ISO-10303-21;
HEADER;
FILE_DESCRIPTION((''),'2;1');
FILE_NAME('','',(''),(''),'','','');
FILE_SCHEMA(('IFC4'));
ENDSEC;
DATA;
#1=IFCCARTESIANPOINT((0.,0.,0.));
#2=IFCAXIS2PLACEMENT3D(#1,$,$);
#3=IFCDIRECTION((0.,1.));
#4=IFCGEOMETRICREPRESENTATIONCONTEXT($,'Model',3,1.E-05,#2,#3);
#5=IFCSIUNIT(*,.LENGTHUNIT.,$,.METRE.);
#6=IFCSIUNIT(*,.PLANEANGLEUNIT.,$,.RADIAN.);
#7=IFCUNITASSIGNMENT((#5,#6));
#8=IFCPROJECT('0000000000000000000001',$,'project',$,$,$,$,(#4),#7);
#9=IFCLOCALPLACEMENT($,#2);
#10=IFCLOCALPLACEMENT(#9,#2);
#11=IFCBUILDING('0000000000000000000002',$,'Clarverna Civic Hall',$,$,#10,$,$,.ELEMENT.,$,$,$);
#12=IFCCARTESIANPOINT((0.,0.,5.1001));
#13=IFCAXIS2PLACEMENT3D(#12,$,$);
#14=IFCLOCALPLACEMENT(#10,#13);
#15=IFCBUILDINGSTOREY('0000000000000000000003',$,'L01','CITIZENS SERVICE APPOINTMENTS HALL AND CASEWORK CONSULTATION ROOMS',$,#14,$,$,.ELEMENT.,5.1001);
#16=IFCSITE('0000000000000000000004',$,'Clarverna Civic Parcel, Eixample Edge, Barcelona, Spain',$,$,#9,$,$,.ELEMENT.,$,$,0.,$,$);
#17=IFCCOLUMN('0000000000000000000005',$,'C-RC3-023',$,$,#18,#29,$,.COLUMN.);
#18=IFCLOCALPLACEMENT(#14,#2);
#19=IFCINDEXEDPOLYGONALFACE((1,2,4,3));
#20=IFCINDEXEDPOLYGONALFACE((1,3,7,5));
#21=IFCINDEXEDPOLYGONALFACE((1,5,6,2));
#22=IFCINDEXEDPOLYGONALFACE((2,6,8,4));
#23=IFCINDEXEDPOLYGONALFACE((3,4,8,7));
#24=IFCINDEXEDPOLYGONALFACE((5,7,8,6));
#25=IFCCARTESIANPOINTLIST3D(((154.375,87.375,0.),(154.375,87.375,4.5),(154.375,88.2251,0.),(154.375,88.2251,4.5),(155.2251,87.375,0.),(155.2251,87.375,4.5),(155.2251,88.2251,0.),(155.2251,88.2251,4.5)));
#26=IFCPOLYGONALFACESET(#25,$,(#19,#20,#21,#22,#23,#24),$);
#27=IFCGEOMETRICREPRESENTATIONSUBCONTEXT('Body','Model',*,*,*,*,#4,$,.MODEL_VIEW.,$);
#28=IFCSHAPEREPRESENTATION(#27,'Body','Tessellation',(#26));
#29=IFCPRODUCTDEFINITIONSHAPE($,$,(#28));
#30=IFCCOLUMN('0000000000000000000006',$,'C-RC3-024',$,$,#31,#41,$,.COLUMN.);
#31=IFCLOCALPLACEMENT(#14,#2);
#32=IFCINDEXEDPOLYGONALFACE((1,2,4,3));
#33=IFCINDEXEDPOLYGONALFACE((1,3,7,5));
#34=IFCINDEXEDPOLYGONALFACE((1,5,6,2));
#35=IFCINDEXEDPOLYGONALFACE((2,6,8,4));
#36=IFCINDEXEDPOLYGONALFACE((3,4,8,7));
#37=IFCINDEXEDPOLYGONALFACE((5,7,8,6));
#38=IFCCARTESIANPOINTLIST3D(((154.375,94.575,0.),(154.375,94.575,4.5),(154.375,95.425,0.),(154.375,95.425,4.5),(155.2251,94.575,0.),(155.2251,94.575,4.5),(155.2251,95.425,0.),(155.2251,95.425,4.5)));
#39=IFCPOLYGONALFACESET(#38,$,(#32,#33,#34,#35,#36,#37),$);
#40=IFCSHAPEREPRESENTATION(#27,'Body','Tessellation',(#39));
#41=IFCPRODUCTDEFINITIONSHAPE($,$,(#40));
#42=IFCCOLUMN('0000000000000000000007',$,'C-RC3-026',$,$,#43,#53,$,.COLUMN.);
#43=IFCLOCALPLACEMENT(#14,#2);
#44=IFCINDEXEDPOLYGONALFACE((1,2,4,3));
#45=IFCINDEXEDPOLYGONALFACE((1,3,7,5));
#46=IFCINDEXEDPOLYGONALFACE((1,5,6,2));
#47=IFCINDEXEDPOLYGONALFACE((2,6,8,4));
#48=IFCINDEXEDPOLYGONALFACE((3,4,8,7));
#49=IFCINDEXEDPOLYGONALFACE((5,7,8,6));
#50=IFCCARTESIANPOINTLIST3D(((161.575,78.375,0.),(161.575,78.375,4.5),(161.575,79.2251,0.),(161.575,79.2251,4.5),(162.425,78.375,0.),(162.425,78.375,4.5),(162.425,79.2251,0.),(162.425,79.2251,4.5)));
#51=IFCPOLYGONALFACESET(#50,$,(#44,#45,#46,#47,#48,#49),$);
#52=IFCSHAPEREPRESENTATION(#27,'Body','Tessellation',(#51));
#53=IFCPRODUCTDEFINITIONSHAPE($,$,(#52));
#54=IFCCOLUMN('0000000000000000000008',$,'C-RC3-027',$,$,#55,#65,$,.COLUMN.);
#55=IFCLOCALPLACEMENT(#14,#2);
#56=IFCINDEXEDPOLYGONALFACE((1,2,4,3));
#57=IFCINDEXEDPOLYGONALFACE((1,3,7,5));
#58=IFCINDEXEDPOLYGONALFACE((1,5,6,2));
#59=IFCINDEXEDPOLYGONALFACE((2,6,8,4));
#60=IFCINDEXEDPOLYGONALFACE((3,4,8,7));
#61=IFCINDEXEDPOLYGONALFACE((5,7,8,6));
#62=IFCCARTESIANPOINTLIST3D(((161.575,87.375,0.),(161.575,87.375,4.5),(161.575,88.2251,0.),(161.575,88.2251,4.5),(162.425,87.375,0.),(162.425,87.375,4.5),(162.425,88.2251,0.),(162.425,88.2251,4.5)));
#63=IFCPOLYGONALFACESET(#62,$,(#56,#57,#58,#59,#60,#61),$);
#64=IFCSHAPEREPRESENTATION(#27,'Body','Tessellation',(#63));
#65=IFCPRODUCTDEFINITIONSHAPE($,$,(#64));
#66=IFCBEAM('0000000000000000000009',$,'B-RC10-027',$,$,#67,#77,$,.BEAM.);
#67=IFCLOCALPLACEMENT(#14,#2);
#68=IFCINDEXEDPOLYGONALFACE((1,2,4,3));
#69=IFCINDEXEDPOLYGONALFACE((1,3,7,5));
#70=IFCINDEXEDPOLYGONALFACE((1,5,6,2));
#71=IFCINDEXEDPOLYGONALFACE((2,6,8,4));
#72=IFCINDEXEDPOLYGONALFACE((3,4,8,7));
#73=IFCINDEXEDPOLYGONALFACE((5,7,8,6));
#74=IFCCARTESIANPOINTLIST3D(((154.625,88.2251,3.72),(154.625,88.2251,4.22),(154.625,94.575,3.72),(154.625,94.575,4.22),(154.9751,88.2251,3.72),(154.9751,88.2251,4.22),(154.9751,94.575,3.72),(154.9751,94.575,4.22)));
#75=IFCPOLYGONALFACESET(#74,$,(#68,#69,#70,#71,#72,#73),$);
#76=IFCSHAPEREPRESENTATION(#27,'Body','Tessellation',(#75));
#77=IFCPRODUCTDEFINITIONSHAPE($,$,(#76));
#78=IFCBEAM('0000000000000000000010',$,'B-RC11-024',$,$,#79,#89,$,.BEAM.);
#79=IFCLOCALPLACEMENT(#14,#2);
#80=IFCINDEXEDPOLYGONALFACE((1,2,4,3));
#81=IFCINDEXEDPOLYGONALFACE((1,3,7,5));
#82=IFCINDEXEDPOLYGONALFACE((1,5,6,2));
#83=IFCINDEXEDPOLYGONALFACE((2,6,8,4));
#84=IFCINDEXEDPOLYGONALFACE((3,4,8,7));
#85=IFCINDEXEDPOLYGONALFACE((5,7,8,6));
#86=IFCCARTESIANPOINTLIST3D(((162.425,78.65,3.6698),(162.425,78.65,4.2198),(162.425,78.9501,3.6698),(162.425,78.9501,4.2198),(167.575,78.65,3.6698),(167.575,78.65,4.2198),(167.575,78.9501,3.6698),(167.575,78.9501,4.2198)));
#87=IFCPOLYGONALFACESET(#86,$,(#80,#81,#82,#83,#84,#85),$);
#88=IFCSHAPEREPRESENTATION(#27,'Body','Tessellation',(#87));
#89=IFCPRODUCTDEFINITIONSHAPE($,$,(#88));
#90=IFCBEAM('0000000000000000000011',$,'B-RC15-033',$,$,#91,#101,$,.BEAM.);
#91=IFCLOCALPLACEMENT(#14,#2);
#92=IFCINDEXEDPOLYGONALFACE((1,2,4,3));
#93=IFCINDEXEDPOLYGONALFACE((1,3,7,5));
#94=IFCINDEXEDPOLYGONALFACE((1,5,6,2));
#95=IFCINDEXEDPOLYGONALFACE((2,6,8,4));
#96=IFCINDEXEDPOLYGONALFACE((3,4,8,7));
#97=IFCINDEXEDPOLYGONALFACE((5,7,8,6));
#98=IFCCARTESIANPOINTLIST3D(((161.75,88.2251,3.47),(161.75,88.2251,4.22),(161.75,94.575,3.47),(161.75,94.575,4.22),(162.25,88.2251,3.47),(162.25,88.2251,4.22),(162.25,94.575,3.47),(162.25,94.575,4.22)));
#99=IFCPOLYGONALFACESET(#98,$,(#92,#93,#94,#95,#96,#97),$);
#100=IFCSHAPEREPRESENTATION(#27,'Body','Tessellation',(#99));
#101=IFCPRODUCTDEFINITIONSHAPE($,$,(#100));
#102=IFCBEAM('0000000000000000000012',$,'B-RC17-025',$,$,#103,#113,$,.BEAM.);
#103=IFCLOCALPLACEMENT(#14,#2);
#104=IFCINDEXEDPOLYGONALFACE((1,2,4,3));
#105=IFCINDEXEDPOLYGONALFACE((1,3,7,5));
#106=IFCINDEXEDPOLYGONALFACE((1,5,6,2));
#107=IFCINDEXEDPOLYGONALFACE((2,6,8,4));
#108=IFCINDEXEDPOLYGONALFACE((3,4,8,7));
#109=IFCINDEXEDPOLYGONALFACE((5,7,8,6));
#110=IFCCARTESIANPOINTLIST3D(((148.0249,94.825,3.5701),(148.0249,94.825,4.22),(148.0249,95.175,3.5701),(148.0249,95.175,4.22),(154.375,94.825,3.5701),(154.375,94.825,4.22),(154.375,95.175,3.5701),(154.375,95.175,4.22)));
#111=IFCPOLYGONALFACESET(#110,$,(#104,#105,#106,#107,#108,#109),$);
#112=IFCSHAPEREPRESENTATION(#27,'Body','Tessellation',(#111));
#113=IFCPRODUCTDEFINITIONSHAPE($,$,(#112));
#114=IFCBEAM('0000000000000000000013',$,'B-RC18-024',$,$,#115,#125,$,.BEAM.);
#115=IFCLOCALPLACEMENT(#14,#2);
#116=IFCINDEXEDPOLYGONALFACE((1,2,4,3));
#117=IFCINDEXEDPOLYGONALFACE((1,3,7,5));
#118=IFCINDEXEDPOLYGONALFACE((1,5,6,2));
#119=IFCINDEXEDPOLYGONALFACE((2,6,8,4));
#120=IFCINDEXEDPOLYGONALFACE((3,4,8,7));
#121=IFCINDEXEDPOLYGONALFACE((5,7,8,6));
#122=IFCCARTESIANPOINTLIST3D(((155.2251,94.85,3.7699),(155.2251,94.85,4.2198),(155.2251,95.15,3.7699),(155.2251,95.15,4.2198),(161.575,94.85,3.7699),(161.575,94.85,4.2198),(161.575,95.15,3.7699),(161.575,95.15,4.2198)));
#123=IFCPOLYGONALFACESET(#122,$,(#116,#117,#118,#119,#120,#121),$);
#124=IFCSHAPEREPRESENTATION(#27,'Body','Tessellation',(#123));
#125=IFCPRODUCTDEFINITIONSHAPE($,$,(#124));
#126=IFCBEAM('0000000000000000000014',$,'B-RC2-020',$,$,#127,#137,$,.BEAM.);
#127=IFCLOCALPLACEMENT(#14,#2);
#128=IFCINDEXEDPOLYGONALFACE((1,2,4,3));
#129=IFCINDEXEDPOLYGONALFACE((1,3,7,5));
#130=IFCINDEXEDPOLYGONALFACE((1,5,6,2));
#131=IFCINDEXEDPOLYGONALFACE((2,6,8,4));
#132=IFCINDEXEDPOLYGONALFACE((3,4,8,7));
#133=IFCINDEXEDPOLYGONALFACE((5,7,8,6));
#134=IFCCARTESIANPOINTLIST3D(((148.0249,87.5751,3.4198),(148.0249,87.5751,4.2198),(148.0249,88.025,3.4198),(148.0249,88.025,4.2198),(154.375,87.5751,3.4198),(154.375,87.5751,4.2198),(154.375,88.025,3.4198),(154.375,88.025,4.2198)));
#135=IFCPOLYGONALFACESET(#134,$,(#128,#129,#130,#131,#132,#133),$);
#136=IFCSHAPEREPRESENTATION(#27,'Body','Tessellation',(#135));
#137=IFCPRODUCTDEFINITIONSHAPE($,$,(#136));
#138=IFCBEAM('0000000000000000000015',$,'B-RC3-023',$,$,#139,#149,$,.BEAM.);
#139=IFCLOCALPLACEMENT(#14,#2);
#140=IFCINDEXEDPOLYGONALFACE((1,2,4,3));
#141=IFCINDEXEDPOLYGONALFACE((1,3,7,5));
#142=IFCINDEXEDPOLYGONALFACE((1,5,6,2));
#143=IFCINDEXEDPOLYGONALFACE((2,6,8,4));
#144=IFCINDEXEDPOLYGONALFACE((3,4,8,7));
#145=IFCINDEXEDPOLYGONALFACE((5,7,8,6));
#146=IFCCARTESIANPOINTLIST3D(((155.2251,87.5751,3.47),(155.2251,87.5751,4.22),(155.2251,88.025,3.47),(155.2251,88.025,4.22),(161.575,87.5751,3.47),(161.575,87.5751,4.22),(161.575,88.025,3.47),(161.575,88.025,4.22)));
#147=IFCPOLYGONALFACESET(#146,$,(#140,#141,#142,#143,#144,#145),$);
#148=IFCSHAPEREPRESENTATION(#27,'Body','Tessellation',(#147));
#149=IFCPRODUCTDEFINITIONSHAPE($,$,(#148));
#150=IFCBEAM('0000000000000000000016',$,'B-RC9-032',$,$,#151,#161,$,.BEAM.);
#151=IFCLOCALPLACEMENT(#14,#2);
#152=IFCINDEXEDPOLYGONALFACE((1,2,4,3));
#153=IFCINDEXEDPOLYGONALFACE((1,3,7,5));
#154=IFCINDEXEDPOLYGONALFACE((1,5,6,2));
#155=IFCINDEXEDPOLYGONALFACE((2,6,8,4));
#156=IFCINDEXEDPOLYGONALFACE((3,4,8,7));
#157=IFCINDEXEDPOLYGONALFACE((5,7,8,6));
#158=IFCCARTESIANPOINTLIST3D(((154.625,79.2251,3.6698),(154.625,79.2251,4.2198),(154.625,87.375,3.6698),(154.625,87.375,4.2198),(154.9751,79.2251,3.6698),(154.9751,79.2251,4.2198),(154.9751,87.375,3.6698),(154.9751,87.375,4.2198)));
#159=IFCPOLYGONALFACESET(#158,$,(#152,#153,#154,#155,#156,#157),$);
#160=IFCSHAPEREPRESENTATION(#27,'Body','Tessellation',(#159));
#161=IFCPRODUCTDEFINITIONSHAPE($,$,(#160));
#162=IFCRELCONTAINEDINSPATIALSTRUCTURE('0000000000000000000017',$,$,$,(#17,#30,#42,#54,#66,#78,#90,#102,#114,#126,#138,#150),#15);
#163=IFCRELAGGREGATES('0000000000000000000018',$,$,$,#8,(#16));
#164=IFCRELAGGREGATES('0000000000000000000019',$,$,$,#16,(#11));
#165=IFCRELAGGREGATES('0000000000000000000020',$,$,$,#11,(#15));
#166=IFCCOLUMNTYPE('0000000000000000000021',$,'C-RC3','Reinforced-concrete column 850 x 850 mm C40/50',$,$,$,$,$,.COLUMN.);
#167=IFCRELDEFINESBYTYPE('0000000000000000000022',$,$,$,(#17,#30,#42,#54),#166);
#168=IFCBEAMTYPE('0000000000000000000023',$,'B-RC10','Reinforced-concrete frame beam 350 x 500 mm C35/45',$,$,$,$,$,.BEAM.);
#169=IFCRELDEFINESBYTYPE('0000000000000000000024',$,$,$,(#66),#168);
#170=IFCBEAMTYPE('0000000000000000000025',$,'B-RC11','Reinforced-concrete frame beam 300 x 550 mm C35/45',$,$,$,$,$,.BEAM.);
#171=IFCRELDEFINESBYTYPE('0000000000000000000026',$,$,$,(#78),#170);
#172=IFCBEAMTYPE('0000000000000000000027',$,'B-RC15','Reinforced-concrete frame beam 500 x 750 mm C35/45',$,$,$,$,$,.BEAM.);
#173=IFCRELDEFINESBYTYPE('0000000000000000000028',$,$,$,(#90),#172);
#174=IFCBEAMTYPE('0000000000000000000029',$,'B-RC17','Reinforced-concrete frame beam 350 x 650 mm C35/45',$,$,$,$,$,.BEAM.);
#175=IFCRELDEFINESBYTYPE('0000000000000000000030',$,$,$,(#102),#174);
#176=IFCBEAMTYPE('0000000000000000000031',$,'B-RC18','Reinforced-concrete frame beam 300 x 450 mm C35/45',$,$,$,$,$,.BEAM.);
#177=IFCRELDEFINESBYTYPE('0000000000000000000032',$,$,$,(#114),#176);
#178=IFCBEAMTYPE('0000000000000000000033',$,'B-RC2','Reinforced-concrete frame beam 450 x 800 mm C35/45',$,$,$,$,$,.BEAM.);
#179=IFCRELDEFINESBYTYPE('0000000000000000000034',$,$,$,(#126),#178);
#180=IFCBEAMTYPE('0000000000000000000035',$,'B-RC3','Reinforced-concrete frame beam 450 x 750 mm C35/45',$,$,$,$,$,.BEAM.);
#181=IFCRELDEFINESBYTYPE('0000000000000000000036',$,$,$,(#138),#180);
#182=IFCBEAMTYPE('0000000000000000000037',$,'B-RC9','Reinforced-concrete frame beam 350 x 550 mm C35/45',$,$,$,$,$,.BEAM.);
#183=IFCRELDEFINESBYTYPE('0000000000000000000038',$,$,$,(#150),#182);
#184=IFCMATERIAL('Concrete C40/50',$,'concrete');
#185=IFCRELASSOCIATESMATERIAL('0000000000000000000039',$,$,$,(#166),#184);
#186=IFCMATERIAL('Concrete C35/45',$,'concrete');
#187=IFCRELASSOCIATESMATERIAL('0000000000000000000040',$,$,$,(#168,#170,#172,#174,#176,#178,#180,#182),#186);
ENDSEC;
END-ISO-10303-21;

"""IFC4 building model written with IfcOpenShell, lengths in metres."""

from ifc_helpers import new_model, si_unit, direction, frame, origin, origin_2d, place, context, subcontext, project, spatial, rectangle, extrude, material, material_profile, profile_set, type_object, element, save


model = new_model("IFC4")

# Units and contexts
model_context = context("Model", 3, precision=1e-05, world=origin(), true_north=direction((0.0, 1.0)))
body_context = subcontext(model_context, "Body", "Model", "MODEL_VIEW")
ifc_project = project(units=[si_unit("LENGTHUNIT", "METRE"), si_unit("PLANEANGLEUNIT", "RADIAN")], contexts=[model_context])

# Site, building, storey
site_placement = place(None, origin())
site = spatial("IfcSite", under=ifc_project, at=site_placement, Name="Clarverna Civic Parcel, Eixample Edge, Barcelona, Spain", CompositionType="ELEMENT", RefElevation=0.0)
building_placement = place(site_placement, origin())
building = spatial("IfcBuilding", under=site, at=building_placement, Name="Clarverna Civic Hall", CompositionType="ELEMENT")
storey_placement = place(building_placement, frame((0.0, 0.0, 5.1001)))
storey = spatial("IfcBuildingStorey", under=building, at=storey_placement, Name="L01", Description="CITIZENS SERVICE APPOINTMENTS HALL AND CASEWORK CONSULTATION ROOMS", CompositionType="ELEMENT", Elevation=5.1001)

# Columns
ifc_material_1 = material(Name="Concrete C40/50", Category="concrete")
ifc_material_profile_1 = material_profile(ifc_material_1, rectangle(XDim=0.8501, YDim=0.8501, at=origin_2d()), Name="RC 850x850")
ifc_profile_set_1 = profile_set([ifc_material_profile_1], Name="Concrete C40/50")
column_type = type_object("IfcColumnType", Name="C-RC3", Description="Reinforced-concrete column 850 x 850 mm C40/50", PredefinedType="COLUMN", material=ifc_profile_set_1)
for number, where, z_axis, x_axis, name in (
    (1, (154.8, 87.8, 0.0), (0.0, 0.0, 1.0), (1.0, 0.0, 0.0), "C-RC3-023"),
    (2, (154.8, 95.0, 0.0), (0.0, 0.0, 1.0), (1.0, 0.0, 0.0), "C-RC3-024"),
    (3, (162.0, 78.8, 0.0), (0.0, 0.0, 1.0), (1.0, 0.0, 0.0), "C-RC3-026"),
    (4, (162.0, 87.8, 0.0), (0.0, 0.0, 1.0), (1.0, 0.0, 0.0), "C-RC3-027"),
):
    element("IfcColumn", number, at=place(storey_placement, frame(where, z_axis=z_axis, x_axis=x_axis)), inside=storey, type_object=column_type, Name=name, PredefinedType="COLUMN", context=body_context, shape_type="SweptSolid", body=[
        extrude(rectangle(XDim=0.8501, YDim=0.8501, at=origin_2d()), origin(), (0.0, 0.0, 1.0), 4.5),
    ])

# Beams
ifc_material_2 = material(Name="Concrete C35/45", Category="concrete")
ifc_material_profile_2 = material_profile(ifc_material_2, rectangle(XDim=0.3501, YDim=0.5, at=origin_2d()), Name="RC 350x500")
ifc_profile_set_2 = profile_set([ifc_material_profile_2], Name="Concrete C35/45")
beam_type_1 = type_object("IfcBeamType", Name="B-RC10", Description="Reinforced-concrete frame beam 350 x 500 mm C35/45", PredefinedType="BEAM", material=ifc_profile_set_2)
beam_1_placement = place(storey_placement, frame((154.8, 88.2251, 3.97), z_axis=(0.0, 1.0, 0.0), x_axis=(-1.0, 0.0, 0.0)))
element("IfcBeam", 5, at=beam_1_placement, inside=storey, type_object=beam_type_1, Name="B-RC10-027", PredefinedType="BEAM", context=body_context, shape_type="SweptSolid", body=[
    extrude(rectangle(XDim=0.3501, YDim=0.5, at=origin_2d()), origin(), (0.0, 0.0, 1.0), 6.3499),
])
ifc_material_profile_3 = material_profile(ifc_material_2, rectangle(XDim=0.3, YDim=0.55, at=origin_2d()), Name="RC 300x550")
ifc_profile_set_3 = profile_set([ifc_material_profile_3], Name="Concrete C35/45")
beam_type_2 = type_object("IfcBeamType", Name="B-RC11", Description="Reinforced-concrete frame beam 300 x 550 mm C35/45", PredefinedType="BEAM", material=ifc_profile_set_3)
beam_2_placement = place(storey_placement, frame((162.425, 78.8, 3.9448), z_axis=(1.0, 0.0, 0.0), x_axis=(0.0, 1.0, 0.0)))
element("IfcBeam", 6, at=beam_2_placement, inside=storey, type_object=beam_type_2, Name="B-RC11-024", PredefinedType="BEAM", context=body_context, shape_type="SweptSolid", body=[
    extrude(rectangle(XDim=0.3, YDim=0.55, at=origin_2d()), origin(), (0.0, 0.0, 1.0), 5.1499),
])
ifc_material_profile_4 = material_profile(ifc_material_2, rectangle(XDim=0.5, YDim=0.75, at=origin_2d()), Name="RC 500x750")
ifc_profile_set_4 = profile_set([ifc_material_profile_4], Name="Concrete C35/45")
beam_type_3 = type_object("IfcBeamType", Name="B-RC15", Description="Reinforced-concrete frame beam 500 x 750 mm C35/45", PredefinedType="BEAM", material=ifc_profile_set_4)
beam_3_placement = place(storey_placement, frame((162.0, 88.2251, 3.845), z_axis=(0.0, 1.0, 0.0), x_axis=(-1.0, 0.0, 0.0)))
element("IfcBeam", 7, at=beam_3_placement, inside=storey, type_object=beam_type_3, Name="B-RC15-033", PredefinedType="BEAM", context=body_context, shape_type="SweptSolid", body=[
    extrude(rectangle(XDim=0.5, YDim=0.75, at=origin_2d()), origin(), (0.0, 0.0, 1.0), 6.3499),
])
ifc_material_profile_5 = material_profile(ifc_material_2, rectangle(XDim=0.3501, YDim=0.6499, at=origin_2d()), Name="RC 350x650")
ifc_profile_set_5 = profile_set([ifc_material_profile_5], Name="Concrete C35/45")
beam_type_4 = type_object("IfcBeamType", Name="B-RC17", Description="Reinforced-concrete frame beam 350 x 650 mm C35/45", PredefinedType="BEAM", material=ifc_profile_set_5)
beam_4_placement = place(storey_placement, frame((148.0249, 95.0, 3.895), z_axis=(1.0, 0.0, 0.0), x_axis=(0.0, 1.0, 0.0)))
element("IfcBeam", 8, at=beam_4_placement, inside=storey, type_object=beam_type_4, Name="B-RC17-025", PredefinedType="BEAM", context=body_context, shape_type="SweptSolid", body=[
    extrude(rectangle(XDim=0.3501, YDim=0.6499, at=origin_2d()), origin(), (0.0, 0.0, 1.0), 6.3501),
])
ifc_material_profile_6 = material_profile(ifc_material_2, rectangle(XDim=0.3, YDim=0.45, at=origin_2d()), Name="RC 300x450")
ifc_profile_set_6 = profile_set([ifc_material_profile_6], Name="Concrete C35/45")
beam_type_5 = type_object("IfcBeamType", Name="B-RC18", Description="Reinforced-concrete frame beam 300 x 450 mm C35/45", PredefinedType="BEAM", material=ifc_profile_set_6)
beam_5_placement = place(storey_placement, frame((155.2251, 95.0, 3.9949), z_axis=(1.0, 0.0, 0.0), x_axis=(0.0, 1.0, 0.0)))
element("IfcBeam", 9, at=beam_5_placement, inside=storey, type_object=beam_type_5, Name="B-RC18-024", PredefinedType="BEAM", context=body_context, shape_type="SweptSolid", body=[
    extrude(rectangle(XDim=0.3, YDim=0.45, at=origin_2d()), origin(), (0.0, 0.0, 1.0), 6.3499),
])
ifc_material_profile_7 = material_profile(ifc_material_2, rectangle(XDim=0.45, YDim=0.8, at=origin_2d()), Name="RC 450x800")
ifc_profile_set_7 = profile_set([ifc_material_profile_7], Name="Concrete C35/45")
beam_type_6 = type_object("IfcBeamType", Name="B-RC2", Description="Reinforced-concrete frame beam 450 x 800 mm C35/45", PredefinedType="BEAM", material=ifc_profile_set_7)
beam_6_placement = place(storey_placement, frame((148.0249, 87.8, 3.8198), z_axis=(1.0, 0.0, 0.0), x_axis=(0.0, 1.0, 0.0)))
element("IfcBeam", 10, at=beam_6_placement, inside=storey, type_object=beam_type_6, Name="B-RC2-020", PredefinedType="BEAM", context=body_context, shape_type="SweptSolid", body=[
    extrude(rectangle(XDim=0.45, YDim=0.8, at=origin_2d()), origin(), (0.0, 0.0, 1.0), 6.3501),
])
ifc_material_profile_8 = material_profile(ifc_material_2, rectangle(XDim=0.45, YDim=0.75, at=origin_2d()), Name="RC 450x750")
ifc_profile_set_8 = profile_set([ifc_material_profile_8], Name="Concrete C35/45")
beam_type_7 = type_object("IfcBeamType", Name="B-RC3", Description="Reinforced-concrete frame beam 450 x 750 mm C35/45", PredefinedType="BEAM", material=ifc_profile_set_8)
beam_7_placement = place(storey_placement, frame((155.2251, 87.8, 3.845), z_axis=(1.0, 0.0, 0.0), x_axis=(0.0, 1.0, 0.0)))
element("IfcBeam", 11, at=beam_7_placement, inside=storey, type_object=beam_type_7, Name="B-RC3-023", PredefinedType="BEAM", context=body_context, shape_type="SweptSolid", body=[
    extrude(rectangle(XDim=0.45, YDim=0.75, at=origin_2d()), origin(), (0.0, 0.0, 1.0), 6.3499),
])
ifc_material_profile_9 = material_profile(ifc_material_2, rectangle(XDim=0.3501, YDim=0.55, at=origin_2d()), Name="RC 350x550")
ifc_profile_set_9 = profile_set([ifc_material_profile_9], Name="Concrete C35/45")
beam_type_8 = type_object("IfcBeamType", Name="B-RC9", Description="Reinforced-concrete frame beam 350 x 550 mm C35/45", PredefinedType="BEAM", material=ifc_profile_set_9)
beam_8_placement = place(storey_placement, frame((154.8, 79.2251, 3.9448), z_axis=(0.0, 1.0, 0.0), x_axis=(-1.0, 0.0, 0.0)))
element("IfcBeam", 12, at=beam_8_placement, inside=storey, type_object=beam_type_8, Name="B-RC9-032", PredefinedType="BEAM", context=body_context, shape_type="SweptSolid", body=[
    extrude(rectangle(XDim=0.3501, YDim=0.55, at=origin_2d()), origin(), (0.0, 0.0, 1.0), 8.1499),
])

save(model, "model.ifc")
